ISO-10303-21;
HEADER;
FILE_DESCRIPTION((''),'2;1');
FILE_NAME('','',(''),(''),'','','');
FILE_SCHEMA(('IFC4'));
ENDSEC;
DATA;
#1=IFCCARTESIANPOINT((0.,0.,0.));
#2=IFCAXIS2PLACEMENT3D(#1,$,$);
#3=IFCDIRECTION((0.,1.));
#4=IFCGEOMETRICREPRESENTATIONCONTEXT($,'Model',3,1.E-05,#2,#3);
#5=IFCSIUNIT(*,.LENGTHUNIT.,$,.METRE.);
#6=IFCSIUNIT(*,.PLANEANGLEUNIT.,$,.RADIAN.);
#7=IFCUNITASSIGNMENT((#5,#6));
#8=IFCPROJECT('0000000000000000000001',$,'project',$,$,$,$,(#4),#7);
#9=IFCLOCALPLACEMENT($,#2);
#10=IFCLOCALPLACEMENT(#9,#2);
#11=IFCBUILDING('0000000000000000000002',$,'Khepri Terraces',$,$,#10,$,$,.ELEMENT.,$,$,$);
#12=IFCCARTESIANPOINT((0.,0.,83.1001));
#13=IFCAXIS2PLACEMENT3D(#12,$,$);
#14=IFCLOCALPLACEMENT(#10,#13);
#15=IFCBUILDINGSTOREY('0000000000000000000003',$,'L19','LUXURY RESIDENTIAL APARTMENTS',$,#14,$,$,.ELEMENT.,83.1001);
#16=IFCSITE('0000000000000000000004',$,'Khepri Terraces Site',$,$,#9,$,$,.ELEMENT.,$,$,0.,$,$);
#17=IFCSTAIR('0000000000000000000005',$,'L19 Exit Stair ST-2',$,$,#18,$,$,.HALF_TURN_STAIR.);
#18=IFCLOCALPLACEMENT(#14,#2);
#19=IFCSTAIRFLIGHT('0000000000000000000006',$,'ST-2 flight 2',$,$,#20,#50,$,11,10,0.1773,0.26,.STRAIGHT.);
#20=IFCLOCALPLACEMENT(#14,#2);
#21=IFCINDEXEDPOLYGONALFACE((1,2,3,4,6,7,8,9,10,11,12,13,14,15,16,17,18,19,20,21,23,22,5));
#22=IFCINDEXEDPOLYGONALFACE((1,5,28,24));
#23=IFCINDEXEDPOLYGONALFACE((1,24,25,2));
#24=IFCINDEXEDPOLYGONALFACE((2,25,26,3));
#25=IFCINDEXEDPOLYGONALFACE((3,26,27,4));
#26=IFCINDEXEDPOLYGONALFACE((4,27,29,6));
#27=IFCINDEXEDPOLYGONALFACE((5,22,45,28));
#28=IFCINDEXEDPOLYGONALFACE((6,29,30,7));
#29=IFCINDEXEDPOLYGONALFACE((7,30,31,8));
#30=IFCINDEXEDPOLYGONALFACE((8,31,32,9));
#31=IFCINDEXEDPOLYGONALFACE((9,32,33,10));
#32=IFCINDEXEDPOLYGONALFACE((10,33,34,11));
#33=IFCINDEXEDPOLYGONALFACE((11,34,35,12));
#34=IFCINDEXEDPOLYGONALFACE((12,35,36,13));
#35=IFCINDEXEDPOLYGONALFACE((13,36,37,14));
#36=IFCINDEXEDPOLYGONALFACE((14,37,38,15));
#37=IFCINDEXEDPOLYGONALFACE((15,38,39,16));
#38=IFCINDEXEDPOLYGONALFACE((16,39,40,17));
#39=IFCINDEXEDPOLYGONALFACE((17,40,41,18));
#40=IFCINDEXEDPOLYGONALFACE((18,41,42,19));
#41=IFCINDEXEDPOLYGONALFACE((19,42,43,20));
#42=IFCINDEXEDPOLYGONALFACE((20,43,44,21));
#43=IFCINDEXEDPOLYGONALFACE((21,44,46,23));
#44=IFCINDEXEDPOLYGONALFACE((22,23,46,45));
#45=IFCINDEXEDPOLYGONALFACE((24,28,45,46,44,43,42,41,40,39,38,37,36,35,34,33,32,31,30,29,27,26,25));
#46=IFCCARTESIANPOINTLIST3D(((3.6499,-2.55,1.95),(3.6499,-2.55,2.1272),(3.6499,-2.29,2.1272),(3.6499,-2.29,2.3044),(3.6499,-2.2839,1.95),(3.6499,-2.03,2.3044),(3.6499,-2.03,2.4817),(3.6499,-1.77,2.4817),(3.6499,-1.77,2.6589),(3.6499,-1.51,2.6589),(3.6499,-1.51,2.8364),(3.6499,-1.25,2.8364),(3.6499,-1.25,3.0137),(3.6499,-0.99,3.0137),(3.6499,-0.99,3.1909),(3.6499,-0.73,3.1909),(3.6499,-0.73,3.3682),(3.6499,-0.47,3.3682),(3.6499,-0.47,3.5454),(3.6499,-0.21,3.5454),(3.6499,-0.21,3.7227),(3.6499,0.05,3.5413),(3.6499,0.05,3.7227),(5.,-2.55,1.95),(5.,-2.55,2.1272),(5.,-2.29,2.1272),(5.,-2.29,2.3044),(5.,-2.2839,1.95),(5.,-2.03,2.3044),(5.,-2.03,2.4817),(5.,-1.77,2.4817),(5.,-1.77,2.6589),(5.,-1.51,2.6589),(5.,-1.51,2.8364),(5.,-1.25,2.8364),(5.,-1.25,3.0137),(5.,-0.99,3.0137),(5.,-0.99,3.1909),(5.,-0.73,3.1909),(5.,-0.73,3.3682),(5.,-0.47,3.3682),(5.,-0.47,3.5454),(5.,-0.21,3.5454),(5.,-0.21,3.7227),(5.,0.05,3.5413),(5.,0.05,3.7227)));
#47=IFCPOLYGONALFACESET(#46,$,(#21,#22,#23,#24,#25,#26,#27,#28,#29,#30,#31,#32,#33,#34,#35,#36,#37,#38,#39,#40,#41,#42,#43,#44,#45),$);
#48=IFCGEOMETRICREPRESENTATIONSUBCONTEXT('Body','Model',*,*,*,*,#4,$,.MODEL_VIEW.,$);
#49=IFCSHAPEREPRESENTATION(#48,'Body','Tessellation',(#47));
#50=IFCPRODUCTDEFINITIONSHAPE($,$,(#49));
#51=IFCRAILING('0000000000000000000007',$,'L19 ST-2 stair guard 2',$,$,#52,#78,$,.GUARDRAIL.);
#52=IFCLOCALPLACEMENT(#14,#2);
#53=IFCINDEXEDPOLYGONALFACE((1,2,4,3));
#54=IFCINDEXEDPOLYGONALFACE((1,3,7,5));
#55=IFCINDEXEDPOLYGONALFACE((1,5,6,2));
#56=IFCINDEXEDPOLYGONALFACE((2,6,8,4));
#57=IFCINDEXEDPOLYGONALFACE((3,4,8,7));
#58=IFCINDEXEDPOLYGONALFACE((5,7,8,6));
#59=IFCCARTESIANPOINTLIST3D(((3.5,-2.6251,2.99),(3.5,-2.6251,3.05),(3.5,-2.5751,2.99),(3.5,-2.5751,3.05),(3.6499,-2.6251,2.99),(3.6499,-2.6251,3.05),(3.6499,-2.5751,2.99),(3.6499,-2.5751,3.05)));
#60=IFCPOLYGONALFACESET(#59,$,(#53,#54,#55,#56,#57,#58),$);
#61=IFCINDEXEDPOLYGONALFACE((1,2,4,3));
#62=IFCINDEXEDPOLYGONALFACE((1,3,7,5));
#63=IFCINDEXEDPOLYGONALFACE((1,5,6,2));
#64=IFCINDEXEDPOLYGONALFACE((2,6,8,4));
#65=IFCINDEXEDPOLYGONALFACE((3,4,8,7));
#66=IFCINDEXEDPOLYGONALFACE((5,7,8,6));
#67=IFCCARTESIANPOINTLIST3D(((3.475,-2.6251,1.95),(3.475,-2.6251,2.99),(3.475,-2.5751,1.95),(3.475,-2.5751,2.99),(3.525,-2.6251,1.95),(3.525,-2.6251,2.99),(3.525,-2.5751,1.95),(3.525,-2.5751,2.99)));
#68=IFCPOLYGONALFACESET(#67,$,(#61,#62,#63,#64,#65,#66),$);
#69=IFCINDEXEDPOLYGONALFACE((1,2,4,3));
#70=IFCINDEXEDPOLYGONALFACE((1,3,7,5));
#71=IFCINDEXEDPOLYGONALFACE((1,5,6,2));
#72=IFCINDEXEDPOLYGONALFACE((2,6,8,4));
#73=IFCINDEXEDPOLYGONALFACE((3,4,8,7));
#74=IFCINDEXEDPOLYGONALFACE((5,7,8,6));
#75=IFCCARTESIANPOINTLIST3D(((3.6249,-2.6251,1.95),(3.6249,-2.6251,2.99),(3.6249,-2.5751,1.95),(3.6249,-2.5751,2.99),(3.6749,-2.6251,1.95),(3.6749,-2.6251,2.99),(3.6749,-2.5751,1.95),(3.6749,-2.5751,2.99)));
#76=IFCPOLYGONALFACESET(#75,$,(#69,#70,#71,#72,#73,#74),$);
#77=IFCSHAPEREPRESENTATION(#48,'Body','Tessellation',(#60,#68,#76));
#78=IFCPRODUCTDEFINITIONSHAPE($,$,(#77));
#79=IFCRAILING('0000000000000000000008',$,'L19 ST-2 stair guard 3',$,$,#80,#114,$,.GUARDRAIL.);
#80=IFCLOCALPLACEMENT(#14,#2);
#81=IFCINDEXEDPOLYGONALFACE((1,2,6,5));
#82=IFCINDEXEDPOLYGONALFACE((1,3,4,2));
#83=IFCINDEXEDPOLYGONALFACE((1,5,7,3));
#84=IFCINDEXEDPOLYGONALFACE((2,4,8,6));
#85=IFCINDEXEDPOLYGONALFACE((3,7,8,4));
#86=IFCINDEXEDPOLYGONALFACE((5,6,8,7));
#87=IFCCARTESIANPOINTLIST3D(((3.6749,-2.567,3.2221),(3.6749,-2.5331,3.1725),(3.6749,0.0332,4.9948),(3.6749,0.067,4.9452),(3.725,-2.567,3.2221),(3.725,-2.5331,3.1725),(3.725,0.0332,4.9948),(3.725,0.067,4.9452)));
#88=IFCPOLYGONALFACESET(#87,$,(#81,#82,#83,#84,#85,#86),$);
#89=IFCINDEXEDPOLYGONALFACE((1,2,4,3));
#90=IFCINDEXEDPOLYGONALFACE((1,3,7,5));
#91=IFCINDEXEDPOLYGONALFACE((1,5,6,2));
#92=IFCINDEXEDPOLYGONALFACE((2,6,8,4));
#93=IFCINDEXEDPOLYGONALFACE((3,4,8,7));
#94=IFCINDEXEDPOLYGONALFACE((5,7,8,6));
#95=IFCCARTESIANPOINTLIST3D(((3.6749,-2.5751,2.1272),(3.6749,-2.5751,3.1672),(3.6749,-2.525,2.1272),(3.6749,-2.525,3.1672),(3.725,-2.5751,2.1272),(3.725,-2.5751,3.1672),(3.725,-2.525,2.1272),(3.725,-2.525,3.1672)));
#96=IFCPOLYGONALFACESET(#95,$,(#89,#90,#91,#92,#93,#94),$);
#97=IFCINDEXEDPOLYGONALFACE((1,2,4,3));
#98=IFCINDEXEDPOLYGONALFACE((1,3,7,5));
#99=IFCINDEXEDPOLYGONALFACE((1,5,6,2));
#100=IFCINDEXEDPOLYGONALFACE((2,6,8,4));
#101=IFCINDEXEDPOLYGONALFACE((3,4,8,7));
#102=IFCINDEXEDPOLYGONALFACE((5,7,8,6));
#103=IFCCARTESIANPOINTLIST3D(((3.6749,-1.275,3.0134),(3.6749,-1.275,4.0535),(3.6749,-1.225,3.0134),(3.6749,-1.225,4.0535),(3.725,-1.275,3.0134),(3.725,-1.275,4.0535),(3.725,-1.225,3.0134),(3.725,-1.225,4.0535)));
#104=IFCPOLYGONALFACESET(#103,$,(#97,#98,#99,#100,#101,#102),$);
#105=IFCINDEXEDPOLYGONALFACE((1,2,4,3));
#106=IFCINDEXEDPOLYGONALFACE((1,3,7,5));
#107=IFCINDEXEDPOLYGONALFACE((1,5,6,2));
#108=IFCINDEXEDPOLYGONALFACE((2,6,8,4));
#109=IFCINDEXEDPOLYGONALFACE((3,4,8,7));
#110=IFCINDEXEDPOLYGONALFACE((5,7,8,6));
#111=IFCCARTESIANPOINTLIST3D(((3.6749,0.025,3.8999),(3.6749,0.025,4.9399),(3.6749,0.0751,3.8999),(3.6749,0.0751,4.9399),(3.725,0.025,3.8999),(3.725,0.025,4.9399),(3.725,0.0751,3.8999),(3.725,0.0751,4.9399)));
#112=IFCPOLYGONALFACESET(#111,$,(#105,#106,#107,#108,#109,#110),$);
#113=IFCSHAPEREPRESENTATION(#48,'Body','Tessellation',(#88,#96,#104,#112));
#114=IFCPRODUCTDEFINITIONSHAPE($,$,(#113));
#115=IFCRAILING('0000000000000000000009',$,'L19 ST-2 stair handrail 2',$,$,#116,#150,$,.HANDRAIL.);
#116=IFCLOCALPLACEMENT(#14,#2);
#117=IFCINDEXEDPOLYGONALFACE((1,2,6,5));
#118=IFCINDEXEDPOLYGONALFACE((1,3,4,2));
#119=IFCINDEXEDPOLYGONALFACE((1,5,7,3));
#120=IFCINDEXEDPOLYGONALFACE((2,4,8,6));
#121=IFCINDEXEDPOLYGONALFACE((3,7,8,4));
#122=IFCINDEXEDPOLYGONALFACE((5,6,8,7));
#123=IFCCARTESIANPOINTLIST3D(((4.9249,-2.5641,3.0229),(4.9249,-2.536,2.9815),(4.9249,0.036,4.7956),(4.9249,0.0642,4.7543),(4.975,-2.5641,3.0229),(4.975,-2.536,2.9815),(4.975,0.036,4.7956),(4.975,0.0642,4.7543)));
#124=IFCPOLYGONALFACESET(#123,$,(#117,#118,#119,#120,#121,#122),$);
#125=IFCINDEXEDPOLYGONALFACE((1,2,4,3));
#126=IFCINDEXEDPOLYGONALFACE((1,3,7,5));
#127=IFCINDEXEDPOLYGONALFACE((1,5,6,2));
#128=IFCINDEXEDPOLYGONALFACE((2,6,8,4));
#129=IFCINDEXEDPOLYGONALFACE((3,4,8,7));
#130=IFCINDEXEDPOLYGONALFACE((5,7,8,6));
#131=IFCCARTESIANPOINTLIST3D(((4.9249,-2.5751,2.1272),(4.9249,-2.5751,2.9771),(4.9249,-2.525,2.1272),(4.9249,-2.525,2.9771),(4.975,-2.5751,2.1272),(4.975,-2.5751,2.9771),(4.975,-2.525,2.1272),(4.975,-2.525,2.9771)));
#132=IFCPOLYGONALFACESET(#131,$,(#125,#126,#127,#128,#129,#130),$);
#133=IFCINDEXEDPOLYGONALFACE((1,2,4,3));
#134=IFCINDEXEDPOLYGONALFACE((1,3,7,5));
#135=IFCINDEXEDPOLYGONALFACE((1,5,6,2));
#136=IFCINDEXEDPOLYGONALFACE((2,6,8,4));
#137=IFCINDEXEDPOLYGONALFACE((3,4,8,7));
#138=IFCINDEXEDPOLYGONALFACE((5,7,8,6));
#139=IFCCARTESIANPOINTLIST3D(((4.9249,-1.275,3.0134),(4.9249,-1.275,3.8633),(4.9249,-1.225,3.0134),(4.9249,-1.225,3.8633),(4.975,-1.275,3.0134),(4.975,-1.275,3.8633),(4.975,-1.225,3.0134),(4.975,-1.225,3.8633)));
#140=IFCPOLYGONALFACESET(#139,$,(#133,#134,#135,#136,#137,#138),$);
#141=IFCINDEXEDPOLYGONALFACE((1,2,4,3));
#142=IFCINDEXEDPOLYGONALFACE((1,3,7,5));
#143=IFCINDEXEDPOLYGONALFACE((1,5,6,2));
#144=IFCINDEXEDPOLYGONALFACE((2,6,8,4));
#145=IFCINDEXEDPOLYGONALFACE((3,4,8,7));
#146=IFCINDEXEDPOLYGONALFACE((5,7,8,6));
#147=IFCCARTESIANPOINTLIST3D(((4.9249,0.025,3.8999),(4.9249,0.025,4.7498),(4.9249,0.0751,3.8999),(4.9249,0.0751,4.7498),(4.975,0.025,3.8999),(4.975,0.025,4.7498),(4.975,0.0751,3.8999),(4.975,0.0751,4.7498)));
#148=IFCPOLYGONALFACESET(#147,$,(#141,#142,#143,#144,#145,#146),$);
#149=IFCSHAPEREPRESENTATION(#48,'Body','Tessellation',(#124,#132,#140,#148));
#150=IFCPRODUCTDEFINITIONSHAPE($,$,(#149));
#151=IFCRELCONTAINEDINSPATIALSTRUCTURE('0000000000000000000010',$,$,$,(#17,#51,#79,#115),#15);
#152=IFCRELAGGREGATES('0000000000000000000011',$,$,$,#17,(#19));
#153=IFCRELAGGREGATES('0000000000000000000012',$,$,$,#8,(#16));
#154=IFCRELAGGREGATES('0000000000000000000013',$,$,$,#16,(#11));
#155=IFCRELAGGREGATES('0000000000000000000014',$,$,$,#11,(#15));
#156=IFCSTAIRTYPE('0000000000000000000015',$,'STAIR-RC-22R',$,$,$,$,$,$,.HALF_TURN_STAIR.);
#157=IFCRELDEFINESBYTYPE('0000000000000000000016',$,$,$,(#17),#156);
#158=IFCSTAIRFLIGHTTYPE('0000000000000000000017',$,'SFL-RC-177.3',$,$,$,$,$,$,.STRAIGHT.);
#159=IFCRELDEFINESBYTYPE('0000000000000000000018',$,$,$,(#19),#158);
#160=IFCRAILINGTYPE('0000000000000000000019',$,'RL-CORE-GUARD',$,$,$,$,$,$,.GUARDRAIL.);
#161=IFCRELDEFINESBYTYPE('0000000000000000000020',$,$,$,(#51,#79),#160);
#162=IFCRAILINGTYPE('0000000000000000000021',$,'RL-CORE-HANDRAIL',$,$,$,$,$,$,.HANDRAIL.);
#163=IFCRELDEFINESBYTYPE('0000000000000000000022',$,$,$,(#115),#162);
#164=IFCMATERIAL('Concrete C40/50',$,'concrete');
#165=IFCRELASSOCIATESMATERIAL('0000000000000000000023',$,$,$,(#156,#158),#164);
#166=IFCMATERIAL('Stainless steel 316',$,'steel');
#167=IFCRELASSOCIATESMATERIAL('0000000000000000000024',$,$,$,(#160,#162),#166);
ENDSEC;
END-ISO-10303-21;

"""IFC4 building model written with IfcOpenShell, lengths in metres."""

from ifc_helpers import new_model, si_unit, direction, frame, origin, origin_2d, place, context, subcontext, project, spatial, polyline, rectangle, outline, extrude, material, type_object, element, aggregate, save


model = new_model("IFC4")

# Units and contexts
model_context = context("Model", 3, precision=1e-05, world=origin(), true_north=direction((0.0, 1.0)))
body_context = subcontext(model_context, "Body", "Model", "MODEL_VIEW")
ifc_project = project(units=[si_unit("LENGTHUNIT", "METRE"), si_unit("PLANEANGLEUNIT", "RADIAN")], contexts=[model_context])

# Site, building, storey
site_placement = place(None, origin())
site = spatial("IfcSite", under=ifc_project, at=site_placement, Name="Khepri Terraces Site", CompositionType="ELEMENT", RefElevation=0.0)
building_placement = place(site_placement, origin())
building = spatial("IfcBuilding", under=site, at=building_placement, Name="Khepri Terraces", CompositionType="ELEMENT")
storey_placement = place(building_placement, frame((0.0, 0.0, 83.1001)))
storey = spatial("IfcBuildingStorey", under=building, at=storey_placement, Name="L19", Description="LUXURY RESIDENTIAL APARTMENTS", CompositionType="ELEMENT", Elevation=83.1001)

# Shared definitions
ifc_material_1 = material(Name="Concrete C40/50", Category="concrete")

# Stair, stair flight
stair_type = type_object("IfcStairType", Name="STAIR-RC-22R", PredefinedType="HALF_TURN_STAIR", material=ifc_material_1)
stair_placement = place(storey_placement, origin())
stair = element("IfcStair", 1, at=stair_placement, inside=storey, type_object=stair_type, Name="L19 Exit Stair ST-2", PredefinedType="HALF_TURN_STAIR")
stair_flight_type = type_object("IfcStairFlightType", Name="SFL-RC-177.3", PredefinedType="STRAIGHT", material=ifc_material_1)
stair_flight_placement = place(storey_placement, frame((4.325, -2.55, 1.95), z_axis=(0.0, 0.0, 1.0), x_axis=(0.0, 1.0, 0.0)))
stair_flight = element("IfcStairFlight", 2, at=stair_flight_placement, type_object=stair_flight_type, Name="ST-2 flight 2", NumberOfRisers=11, NumberOfTreads=10, PredefinedType="STRAIGHT", RiserHeight=0.1773, TreadLength=0.26, context=body_context, shape_type="SweptSolid", body=[
    extrude(outline(polyline([(0.0, 0.0), (0.0, 0.1772), (0.26, 0.1772), (0.26, 0.3545), (0.52, 0.3545), (0.52, 0.5317), (0.78, 0.5317), (0.78, 0.709), (1.04, 0.709), (1.04, 0.8865), (1.3, 0.8865), (1.3, 1.0637), (1.5601, 1.0637), (1.5601, 1.241), (1.8201, 1.241), (1.8201, 1.4182), (2.0801, 1.4182), (2.0801, 1.5955), (2.3401, 1.5955), (2.3401, 1.7727), (2.6001, 1.7727), (2.6001, 1.95), (2.6001, 1.5913), (0.2661, 0.0), (0.0, 0.0)])), frame((0.0, 0.675, 0.0), z_axis=(0.0, -1.0, 0.0), x_axis=(1.0, 0.0, 0.0)), (0.0, 0.0, 1.0), 1.3501),
])
aggregate(stair, [stair_flight])

# Railings
ifc_material_2 = material(Name="Stainless steel 316", Category="steel")
railing_type_1 = type_object("IfcRailingType", Name="RL-CORE-GUARD", PredefinedType="GUARDRAIL", material=ifc_material_2)
railing_1_placement = place(storey_placement, frame((3.5, -2.6001, 1.95)))
element("IfcRailing", 3, at=railing_1_placement, inside=storey, type_object=railing_type_1, Name="L19 ST-2 stair guard 2", PredefinedType="GUARDRAIL", context=body_context, shape_type="SweptSolid", body=[
    extrude(rectangle(XDim=0.05, YDim=0.0601, at=origin_2d()), frame((0.0, 0.0, 1.0701), z_axis=(1.0, 0.0, 0.0), x_axis=(0.0, 1.0, 0.0)), (0.0, 0.0, 1.0), 0.1499),
    extrude(rectangle(XDim=0.05, YDim=0.05, at=origin_2d()), origin(), (0.0, 0.0, 1.0), 1.04),
    extrude(rectangle(XDim=0.05, YDim=0.05, at=origin_2d()), frame((0.1499, 0.0, 0.0)), (0.0, 0.0, 1.0), 1.04),
])
railing_2_placement = place(storey_placement, frame((3.7, -2.55, 2.1272)))
element("IfcRailing", 4, at=railing_2_placement, inside=storey, type_object=railing_type_1, Name="L19 ST-2 stair guard 3", PredefinedType="GUARDRAIL", context=body_context, shape_type="SweptSolid", body=[
    extrude(rectangle(XDim=0.05, YDim=0.0601, at=origin_2d()), frame((0.0, 0.0, 1.0701), z_axis=(0.0, 0.82624, 0.563318), x_axis=(-1.0, 0.0, 0.0)), (0.0, 0.0, 1.0), 3.147),
    extrude(rectangle(XDim=0.05, YDim=0.05, at=origin_2d()), origin(), (0.0, 0.0, 1.0), 1.04),
    extrude(rectangle(XDim=0.05, YDim=0.05, at=origin_2d()), frame((0.0, 1.3, 0.8862)), (0.0, 0.0, 1.0), 1.04),
    extrude(rectangle(XDim=0.05, YDim=0.05, at=origin_2d()), frame((0.0, 2.6001, 1.7727)), (0.0, 0.0, 1.0), 1.04),
])
railing_type_2 = type_object("IfcRailingType", Name="RL-CORE-HANDRAIL", PredefinedType="HANDRAIL", material=ifc_material_2)
railing_3_placement = place(storey_placement, frame((4.95, -2.55, 2.1272)))
element("IfcRailing", 5, at=railing_3_placement, inside=storey, type_object=railing_type_2, Name="L19 ST-2 stair handrail 2", PredefinedType="HANDRAIL", context=body_context, shape_type="SweptSolid", body=[
    extrude(rectangle(XDim=0.05, YDim=0.05, at=origin_2d()), frame((0.0, 0.0, 0.875), z_axis=(0.0, 0.82624, 0.563318), x_axis=(-1.0, 0.0, 0.0)), (0.0, 0.0, 1.0), 3.147),
    extrude(rectangle(XDim=0.05, YDim=0.05, at=origin_2d()), origin(), (0.0, 0.0, 1.0), 0.8499),
    extrude(rectangle(XDim=0.05, YDim=0.05, at=origin_2d()), frame((0.0, 1.3, 0.8862)), (0.0, 0.0, 1.0), 0.8499),
    extrude(rectangle(XDim=0.05, YDim=0.05, at=origin_2d()), frame((0.0, 2.6001, 1.7727)), (0.0, 0.0, 1.0), 0.8499),
])

save(model, "model.ifc")
